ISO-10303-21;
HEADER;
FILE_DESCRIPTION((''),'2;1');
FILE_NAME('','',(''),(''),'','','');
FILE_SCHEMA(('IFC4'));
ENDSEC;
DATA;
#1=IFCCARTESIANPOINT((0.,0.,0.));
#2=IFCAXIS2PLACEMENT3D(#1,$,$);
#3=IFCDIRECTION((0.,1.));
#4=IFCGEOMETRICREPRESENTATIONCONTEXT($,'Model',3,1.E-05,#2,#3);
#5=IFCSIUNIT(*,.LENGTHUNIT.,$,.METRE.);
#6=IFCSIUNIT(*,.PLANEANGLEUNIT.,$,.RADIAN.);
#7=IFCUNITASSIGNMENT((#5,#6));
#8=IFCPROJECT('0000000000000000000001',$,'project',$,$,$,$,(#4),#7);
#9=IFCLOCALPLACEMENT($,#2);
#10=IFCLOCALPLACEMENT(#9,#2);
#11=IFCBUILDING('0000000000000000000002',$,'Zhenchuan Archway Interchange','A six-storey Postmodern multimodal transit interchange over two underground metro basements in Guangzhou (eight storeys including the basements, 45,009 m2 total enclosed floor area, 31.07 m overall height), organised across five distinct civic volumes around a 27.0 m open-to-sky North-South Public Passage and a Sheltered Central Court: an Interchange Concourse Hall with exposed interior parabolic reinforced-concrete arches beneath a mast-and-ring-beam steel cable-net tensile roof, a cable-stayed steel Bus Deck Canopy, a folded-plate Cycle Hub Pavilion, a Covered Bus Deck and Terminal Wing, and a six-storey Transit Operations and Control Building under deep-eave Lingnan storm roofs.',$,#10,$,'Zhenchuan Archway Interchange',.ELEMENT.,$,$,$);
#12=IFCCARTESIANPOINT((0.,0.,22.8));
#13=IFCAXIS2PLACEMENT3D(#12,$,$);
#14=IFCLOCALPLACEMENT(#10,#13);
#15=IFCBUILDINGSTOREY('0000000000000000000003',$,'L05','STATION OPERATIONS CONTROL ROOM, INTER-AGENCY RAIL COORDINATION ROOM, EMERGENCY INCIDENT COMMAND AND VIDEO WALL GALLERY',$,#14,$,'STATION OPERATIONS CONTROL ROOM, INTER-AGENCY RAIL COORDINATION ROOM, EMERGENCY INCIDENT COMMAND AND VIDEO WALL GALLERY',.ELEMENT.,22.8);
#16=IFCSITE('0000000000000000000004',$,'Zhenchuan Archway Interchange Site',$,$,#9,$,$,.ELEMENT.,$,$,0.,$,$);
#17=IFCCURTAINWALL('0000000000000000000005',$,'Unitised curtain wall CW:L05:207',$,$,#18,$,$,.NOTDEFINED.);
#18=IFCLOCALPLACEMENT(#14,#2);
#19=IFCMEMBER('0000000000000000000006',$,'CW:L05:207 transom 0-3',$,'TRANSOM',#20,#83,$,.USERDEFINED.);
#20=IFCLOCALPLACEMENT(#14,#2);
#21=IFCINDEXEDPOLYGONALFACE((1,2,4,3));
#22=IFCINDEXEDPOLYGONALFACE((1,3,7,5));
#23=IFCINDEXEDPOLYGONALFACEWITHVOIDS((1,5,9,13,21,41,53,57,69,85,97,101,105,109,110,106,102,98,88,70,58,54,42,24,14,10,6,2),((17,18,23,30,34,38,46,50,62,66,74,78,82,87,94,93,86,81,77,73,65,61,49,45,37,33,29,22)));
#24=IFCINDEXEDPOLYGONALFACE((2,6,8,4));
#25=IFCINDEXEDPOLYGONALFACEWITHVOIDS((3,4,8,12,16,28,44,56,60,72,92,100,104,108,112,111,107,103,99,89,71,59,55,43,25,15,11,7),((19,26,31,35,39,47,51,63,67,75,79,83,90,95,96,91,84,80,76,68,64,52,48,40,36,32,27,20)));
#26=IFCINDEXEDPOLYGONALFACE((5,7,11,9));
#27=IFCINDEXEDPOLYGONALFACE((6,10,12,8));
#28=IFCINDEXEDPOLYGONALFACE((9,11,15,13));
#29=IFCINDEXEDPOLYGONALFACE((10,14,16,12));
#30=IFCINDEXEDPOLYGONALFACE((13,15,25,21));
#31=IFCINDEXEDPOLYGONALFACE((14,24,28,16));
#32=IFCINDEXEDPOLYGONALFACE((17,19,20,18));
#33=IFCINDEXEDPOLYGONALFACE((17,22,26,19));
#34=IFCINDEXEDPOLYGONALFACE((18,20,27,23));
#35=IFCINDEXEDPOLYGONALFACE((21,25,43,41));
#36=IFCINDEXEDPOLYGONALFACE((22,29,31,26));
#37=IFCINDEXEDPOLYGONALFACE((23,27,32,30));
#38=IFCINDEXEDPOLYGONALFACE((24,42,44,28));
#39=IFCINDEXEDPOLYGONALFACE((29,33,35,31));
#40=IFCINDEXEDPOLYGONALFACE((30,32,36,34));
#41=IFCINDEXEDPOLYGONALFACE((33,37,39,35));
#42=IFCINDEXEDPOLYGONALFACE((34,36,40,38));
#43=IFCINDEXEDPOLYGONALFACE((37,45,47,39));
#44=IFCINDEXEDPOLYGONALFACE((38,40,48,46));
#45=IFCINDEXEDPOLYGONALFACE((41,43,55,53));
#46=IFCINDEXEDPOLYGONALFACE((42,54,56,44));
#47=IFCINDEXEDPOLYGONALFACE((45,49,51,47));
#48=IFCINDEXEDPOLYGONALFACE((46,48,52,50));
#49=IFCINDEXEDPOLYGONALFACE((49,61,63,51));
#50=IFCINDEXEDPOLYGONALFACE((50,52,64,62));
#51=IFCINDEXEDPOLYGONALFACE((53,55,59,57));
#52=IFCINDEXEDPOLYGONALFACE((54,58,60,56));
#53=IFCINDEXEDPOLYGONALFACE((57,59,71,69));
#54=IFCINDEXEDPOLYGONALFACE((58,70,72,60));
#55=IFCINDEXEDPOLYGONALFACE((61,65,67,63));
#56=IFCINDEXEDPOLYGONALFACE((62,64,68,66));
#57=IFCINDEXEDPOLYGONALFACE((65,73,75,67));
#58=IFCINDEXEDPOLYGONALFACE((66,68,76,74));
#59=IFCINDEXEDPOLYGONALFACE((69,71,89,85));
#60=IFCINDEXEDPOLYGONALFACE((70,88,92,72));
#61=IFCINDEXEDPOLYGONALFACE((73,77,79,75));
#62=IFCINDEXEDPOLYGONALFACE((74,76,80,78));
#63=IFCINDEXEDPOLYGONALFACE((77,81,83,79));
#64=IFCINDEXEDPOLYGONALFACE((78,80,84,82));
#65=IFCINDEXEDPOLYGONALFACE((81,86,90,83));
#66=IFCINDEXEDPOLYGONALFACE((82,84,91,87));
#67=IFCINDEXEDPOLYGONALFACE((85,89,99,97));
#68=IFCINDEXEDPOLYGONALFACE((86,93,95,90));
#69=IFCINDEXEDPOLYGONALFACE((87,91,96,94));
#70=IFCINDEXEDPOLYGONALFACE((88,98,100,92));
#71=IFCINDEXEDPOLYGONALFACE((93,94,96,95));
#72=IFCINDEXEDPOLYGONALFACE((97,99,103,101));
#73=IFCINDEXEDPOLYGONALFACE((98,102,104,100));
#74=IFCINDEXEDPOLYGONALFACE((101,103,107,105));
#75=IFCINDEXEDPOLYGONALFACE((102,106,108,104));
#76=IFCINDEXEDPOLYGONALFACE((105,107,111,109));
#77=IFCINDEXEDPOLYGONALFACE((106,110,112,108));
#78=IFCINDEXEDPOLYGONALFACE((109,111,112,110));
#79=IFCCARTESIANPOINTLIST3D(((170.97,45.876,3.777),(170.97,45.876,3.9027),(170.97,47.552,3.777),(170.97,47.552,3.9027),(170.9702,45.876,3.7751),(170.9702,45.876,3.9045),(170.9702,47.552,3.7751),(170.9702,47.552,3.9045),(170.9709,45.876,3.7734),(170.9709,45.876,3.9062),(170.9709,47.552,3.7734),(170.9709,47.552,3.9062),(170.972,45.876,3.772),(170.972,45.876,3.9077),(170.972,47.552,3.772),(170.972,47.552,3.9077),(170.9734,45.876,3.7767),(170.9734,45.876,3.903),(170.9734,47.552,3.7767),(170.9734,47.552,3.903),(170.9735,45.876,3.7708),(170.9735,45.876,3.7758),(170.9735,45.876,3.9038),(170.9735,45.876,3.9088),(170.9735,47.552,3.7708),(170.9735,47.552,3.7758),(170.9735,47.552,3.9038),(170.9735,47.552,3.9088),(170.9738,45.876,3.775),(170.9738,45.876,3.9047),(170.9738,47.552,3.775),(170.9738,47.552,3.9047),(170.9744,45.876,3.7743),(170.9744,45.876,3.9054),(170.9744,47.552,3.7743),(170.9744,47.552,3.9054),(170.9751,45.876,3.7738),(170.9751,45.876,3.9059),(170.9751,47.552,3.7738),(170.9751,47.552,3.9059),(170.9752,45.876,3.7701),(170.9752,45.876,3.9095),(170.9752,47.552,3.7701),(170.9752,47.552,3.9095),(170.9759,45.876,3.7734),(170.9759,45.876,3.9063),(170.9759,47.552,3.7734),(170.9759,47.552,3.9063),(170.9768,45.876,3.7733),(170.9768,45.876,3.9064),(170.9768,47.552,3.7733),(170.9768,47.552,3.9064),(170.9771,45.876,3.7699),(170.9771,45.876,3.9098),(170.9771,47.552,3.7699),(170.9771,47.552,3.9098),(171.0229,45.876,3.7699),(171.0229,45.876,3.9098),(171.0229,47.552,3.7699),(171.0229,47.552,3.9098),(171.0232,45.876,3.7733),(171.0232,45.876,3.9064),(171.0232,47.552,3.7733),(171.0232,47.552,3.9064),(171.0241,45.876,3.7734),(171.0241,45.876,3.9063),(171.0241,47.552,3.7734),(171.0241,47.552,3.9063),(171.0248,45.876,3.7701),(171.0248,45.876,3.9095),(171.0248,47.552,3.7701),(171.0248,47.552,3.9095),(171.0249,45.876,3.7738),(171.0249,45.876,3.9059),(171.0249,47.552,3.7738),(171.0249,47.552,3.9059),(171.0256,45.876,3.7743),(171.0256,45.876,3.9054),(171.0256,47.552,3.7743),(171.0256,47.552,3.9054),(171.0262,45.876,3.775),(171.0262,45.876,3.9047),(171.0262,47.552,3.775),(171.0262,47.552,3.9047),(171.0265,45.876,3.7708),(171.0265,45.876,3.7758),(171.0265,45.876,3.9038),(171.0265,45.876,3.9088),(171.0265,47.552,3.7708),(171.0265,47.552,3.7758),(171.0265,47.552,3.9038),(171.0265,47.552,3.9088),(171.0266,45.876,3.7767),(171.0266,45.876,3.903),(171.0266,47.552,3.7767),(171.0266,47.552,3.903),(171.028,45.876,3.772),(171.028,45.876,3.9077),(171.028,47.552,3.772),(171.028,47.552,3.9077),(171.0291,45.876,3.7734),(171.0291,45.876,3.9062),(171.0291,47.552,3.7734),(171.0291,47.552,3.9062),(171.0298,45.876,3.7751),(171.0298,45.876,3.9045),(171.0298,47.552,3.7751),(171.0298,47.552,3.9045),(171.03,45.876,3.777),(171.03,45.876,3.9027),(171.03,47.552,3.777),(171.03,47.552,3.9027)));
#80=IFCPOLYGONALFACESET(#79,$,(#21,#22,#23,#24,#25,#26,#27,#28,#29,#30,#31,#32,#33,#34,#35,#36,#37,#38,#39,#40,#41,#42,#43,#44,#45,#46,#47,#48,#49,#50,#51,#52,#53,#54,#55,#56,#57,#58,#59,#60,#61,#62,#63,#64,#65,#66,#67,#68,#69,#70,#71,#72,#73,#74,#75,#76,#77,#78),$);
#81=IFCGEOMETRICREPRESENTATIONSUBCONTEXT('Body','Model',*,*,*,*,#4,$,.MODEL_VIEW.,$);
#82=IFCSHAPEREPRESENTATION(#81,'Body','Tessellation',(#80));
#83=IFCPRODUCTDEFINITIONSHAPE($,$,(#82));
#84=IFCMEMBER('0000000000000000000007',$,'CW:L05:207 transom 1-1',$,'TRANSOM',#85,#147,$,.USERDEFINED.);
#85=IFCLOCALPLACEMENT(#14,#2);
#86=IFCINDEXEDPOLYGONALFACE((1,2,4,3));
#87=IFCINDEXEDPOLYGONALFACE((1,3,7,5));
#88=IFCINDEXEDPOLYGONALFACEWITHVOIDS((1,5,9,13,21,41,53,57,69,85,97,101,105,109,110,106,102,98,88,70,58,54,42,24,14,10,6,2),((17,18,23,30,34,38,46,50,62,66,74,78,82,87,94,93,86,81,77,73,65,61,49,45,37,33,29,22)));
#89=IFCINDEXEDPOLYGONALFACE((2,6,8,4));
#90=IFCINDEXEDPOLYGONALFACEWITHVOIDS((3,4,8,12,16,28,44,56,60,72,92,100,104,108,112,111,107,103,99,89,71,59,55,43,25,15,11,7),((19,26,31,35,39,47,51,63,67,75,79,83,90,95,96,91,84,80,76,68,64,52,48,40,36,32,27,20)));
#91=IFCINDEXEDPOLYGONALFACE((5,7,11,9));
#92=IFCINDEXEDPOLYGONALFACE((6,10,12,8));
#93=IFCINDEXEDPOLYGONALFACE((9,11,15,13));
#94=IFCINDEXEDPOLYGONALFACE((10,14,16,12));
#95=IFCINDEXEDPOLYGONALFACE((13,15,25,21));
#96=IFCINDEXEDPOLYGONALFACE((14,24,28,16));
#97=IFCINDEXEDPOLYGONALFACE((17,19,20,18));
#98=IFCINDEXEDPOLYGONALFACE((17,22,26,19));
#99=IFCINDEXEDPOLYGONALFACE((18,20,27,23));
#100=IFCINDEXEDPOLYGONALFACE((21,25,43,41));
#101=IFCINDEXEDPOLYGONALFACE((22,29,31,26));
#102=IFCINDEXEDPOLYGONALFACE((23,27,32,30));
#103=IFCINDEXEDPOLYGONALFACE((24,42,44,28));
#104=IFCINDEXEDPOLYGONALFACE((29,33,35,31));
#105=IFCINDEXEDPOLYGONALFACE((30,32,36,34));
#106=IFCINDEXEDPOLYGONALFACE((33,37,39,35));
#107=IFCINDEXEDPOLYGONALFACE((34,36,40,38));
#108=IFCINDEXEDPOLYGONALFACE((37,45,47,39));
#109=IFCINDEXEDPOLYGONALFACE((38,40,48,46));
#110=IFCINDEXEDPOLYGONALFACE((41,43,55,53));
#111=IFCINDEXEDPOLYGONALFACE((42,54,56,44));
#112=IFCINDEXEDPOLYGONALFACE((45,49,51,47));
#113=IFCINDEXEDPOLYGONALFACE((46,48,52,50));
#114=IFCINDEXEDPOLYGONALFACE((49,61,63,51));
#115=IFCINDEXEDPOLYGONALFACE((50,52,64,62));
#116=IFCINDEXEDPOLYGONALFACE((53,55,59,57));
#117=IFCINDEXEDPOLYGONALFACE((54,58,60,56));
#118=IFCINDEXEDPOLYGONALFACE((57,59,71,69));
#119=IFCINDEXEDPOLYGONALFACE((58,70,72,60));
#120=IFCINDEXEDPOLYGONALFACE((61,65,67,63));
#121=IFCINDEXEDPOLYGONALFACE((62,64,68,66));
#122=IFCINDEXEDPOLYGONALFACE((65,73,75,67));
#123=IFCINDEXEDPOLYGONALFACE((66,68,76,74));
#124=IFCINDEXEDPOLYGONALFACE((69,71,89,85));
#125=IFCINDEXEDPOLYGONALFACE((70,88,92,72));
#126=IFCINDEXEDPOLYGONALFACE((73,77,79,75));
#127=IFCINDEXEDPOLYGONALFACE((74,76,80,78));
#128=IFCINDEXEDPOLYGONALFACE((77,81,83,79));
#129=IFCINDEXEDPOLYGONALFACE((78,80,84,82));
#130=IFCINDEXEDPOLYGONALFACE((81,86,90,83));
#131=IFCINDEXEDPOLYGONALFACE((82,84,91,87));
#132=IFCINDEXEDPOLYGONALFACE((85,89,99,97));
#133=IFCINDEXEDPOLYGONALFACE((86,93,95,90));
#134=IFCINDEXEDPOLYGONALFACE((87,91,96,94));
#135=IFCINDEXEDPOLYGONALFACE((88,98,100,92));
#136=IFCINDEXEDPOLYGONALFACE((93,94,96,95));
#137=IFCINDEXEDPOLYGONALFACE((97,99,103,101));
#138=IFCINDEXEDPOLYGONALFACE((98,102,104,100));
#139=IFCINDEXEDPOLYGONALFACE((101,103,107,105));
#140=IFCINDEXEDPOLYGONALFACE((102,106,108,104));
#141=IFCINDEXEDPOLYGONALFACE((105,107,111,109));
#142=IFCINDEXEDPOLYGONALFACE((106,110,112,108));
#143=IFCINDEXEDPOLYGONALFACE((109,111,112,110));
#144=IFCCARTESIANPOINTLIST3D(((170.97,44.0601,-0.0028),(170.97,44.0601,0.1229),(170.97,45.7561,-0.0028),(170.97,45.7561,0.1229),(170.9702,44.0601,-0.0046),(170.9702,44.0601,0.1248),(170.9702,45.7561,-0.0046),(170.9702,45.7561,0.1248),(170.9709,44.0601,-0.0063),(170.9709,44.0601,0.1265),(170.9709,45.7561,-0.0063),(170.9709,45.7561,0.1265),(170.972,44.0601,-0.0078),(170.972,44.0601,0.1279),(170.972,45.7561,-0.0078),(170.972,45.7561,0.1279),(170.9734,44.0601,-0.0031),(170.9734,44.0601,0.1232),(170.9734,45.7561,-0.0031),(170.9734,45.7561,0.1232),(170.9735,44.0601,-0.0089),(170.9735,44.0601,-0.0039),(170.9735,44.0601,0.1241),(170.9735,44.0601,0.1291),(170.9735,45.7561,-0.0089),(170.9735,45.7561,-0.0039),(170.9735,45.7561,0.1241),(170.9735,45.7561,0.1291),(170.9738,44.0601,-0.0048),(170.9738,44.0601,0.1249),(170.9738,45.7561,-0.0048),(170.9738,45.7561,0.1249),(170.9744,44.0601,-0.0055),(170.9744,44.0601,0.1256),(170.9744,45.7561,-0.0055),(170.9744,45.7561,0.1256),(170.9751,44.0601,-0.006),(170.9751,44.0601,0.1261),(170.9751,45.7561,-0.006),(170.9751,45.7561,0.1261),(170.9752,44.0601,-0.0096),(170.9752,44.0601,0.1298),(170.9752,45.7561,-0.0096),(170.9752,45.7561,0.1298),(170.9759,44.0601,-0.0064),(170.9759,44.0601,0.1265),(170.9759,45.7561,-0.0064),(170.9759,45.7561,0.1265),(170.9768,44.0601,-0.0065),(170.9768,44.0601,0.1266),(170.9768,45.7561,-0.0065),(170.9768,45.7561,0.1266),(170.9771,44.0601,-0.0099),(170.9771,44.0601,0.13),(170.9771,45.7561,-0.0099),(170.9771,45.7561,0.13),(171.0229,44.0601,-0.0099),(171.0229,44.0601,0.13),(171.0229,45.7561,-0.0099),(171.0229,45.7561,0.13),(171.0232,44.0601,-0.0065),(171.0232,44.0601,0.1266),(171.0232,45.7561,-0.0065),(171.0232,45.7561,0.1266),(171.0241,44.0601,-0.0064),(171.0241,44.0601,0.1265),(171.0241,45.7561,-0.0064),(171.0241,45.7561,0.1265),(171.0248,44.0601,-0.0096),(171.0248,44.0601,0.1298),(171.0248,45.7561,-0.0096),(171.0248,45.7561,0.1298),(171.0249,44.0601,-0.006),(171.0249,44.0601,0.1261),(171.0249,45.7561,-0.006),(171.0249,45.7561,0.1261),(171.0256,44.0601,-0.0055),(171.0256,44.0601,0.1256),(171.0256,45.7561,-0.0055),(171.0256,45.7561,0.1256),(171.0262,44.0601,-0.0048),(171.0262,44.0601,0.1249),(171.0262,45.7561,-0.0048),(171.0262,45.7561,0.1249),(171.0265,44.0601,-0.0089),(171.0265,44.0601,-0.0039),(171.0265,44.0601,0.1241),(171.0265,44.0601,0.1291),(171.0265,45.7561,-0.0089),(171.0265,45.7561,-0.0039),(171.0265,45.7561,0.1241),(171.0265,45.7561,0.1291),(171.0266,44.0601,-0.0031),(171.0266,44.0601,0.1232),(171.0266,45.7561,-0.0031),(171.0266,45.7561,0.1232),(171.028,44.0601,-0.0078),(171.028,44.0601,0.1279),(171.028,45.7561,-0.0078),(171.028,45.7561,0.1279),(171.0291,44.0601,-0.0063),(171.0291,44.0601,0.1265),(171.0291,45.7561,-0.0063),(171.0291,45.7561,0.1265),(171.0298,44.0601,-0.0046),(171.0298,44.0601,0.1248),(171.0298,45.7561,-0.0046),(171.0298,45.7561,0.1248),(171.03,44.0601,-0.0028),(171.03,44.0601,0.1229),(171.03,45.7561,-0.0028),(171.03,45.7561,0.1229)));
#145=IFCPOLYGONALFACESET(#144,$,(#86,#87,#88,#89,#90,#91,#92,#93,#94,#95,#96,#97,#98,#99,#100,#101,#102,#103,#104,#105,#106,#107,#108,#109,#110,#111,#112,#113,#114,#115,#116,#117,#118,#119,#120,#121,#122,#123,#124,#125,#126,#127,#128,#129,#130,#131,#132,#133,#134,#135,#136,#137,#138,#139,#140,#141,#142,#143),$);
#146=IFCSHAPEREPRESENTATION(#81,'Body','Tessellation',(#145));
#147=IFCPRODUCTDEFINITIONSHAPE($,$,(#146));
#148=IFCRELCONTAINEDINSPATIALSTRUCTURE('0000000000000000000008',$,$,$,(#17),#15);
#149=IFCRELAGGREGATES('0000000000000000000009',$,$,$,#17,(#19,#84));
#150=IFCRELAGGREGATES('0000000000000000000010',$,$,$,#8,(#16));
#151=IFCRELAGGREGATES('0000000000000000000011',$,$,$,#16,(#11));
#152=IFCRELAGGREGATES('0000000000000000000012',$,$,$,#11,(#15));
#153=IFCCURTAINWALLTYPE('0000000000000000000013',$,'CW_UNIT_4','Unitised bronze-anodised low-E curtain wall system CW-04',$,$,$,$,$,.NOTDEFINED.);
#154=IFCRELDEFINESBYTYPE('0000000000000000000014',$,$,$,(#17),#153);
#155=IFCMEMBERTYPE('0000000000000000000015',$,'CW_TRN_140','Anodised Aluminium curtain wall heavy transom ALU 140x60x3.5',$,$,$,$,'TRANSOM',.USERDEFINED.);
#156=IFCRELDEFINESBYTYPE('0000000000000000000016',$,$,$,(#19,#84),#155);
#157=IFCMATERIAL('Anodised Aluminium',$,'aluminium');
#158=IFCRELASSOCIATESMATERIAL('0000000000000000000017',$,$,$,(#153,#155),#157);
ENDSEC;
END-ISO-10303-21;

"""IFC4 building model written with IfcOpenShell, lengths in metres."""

from ifc_helpers import new_model, si_unit, direction, frame, origin, origin_2d, place, context, subcontext, project, spatial, hollow_rectangle, extrude, material, material_profile, profile_set, type_object, element, aggregate, save


model = new_model("IFC4")

# Units and contexts
model_context = context("Model", 3, precision=1e-05, world=origin(), true_north=direction((0.0, 1.0)))
body_context = subcontext(model_context, "Body", "Model", "MODEL_VIEW")
ifc_project = project(units=[si_unit("LENGTHUNIT", "METRE"), si_unit("PLANEANGLEUNIT", "RADIAN")], contexts=[model_context])

# Site, building, storey
site_placement = place(None, origin())
site = spatial("IfcSite", under=ifc_project, at=site_placement, Name="Zhenchuan Archway Interchange Site", CompositionType="ELEMENT", RefElevation=0.0)
building_placement = place(site_placement, origin())
building = spatial("IfcBuilding", under=site, at=building_placement, Name="Zhenchuan Archway Interchange", Description="A six-storey Postmodern multimodal transit interchange over two underground metro basements in Guangzhou (eight storeys including the basements, 45,009 m2 total enclosed floor area, 31.07 m overall height), organised across five distinct civic volumes around a 27.0 m open-to-sky North-South Public Passage and a Sheltered Central Court: an Interchange Concourse Hall with exposed interior parabolic reinforced-concrete arches beneath a mast-and-ring-beam steel cable-net tensile roof, a cable-stayed steel Bus Deck Canopy, a folded-plate Cycle Hub Pavilion, a Covered Bus Deck and Terminal Wing, and a six-storey Transit Operations and Control Building under deep-eave Lingnan storm roofs.", LongName="Zhenchuan Archway Interchange", CompositionType="ELEMENT")
storey_placement = place(building_placement, frame((0.0, 0.0, 22.8)))
storey = spatial("IfcBuildingStorey", under=building, at=storey_placement, Name="L05", Description="STATION OPERATIONS CONTROL ROOM, INTER-AGENCY RAIL COORDINATION ROOM, EMERGENCY INCIDENT COMMAND AND VIDEO WALL GALLERY", LongName="STATION OPERATIONS CONTROL ROOM, INTER-AGENCY RAIL COORDINATION ROOM, EMERGENCY INCIDENT COMMAND AND VIDEO WALL GALLERY", CompositionType="ELEMENT", Elevation=22.8)

# Curtain wall, members
ifc_material_1 = material(Name="Anodised Aluminium", Category="aluminium")
curtain_wall_type = type_object("IfcCurtainWallType", Name="CW_UNIT_4", Description="Unitised bronze-anodised low-E curtain wall system CW-04", PredefinedType="NOTDEFINED", material=ifc_material_1)
curtain_wall_placement = place(storey_placement, origin())
curtain_wall = element("IfcCurtainWall", 1, at=curtain_wall_placement, inside=storey, type_object=curtain_wall_type, Name="Unitised curtain wall CW:L05:207", PredefinedType="NOTDEFINED")
ifc_material_profile_1 = material_profile(ifc_material_1, hollow_rectangle(XDim=0.0601, YDim=0.1399, WallThickness=0.0034, InnerFilletRadius=0.0034, OuterFilletRadius=0.0071, at=origin_2d()), Name="ALU 140x60x3.5")
ifc_profile_set_1 = profile_set([ifc_material_profile_1], Name="Anodised Aluminium")
member_type_1 = type_object("IfcMemberType", Name="CW_TRN_140", Description="Anodised Aluminium curtain wall heavy transom ALU 140x60x3.5", ElementType="TRANSOM", PredefinedType="USERDEFINED", material=ifc_profile_set_1)
member_1_placement = place(storey_placement, frame((171.0, 47.552, 3.8398), z_axis=(0.0, -1.0, 0.0), x_axis=(1.0, 0.0, 0.0)))
member_1 = element("IfcMember", 2, at=member_1_placement, type_object=member_type_1, Name="CW:L05:207 transom 0-3", ObjectType="TRANSOM", PredefinedType="USERDEFINED", context=body_context, shape_type="SweptSolid", body=[
    extrude(hollow_rectangle(XDim=0.0601, YDim=0.1399, WallThickness=0.0034, InnerFilletRadius=0.0034, OuterFilletRadius=0.0071, at=origin_2d()), origin(), (0.0, 0.0, 1.0), 1.676),
])
member_2_placement = place(storey_placement, frame((171.0, 45.7561, 0.0601), z_axis=(0.0, -1.0, 0.0), x_axis=(1.0, 0.0, 0.0)))
member_2 = element("IfcMember", 3, at=member_2_placement, type_object=member_type_1, Name="CW:L05:207 transom 1-1", ObjectType="TRANSOM", PredefinedType="USERDEFINED", context=body_context, shape_type="SweptSolid", body=[
    extrude(hollow_rectangle(XDim=0.0601, YDim=0.1399, WallThickness=0.0034, InnerFilletRadius=0.0034, OuterFilletRadius=0.0071, at=origin_2d()), origin(), (0.0, 0.0, 1.0), 1.696),
])

aggregate(curtain_wall, [member_1, member_2])

save(model, "model.ifc")
